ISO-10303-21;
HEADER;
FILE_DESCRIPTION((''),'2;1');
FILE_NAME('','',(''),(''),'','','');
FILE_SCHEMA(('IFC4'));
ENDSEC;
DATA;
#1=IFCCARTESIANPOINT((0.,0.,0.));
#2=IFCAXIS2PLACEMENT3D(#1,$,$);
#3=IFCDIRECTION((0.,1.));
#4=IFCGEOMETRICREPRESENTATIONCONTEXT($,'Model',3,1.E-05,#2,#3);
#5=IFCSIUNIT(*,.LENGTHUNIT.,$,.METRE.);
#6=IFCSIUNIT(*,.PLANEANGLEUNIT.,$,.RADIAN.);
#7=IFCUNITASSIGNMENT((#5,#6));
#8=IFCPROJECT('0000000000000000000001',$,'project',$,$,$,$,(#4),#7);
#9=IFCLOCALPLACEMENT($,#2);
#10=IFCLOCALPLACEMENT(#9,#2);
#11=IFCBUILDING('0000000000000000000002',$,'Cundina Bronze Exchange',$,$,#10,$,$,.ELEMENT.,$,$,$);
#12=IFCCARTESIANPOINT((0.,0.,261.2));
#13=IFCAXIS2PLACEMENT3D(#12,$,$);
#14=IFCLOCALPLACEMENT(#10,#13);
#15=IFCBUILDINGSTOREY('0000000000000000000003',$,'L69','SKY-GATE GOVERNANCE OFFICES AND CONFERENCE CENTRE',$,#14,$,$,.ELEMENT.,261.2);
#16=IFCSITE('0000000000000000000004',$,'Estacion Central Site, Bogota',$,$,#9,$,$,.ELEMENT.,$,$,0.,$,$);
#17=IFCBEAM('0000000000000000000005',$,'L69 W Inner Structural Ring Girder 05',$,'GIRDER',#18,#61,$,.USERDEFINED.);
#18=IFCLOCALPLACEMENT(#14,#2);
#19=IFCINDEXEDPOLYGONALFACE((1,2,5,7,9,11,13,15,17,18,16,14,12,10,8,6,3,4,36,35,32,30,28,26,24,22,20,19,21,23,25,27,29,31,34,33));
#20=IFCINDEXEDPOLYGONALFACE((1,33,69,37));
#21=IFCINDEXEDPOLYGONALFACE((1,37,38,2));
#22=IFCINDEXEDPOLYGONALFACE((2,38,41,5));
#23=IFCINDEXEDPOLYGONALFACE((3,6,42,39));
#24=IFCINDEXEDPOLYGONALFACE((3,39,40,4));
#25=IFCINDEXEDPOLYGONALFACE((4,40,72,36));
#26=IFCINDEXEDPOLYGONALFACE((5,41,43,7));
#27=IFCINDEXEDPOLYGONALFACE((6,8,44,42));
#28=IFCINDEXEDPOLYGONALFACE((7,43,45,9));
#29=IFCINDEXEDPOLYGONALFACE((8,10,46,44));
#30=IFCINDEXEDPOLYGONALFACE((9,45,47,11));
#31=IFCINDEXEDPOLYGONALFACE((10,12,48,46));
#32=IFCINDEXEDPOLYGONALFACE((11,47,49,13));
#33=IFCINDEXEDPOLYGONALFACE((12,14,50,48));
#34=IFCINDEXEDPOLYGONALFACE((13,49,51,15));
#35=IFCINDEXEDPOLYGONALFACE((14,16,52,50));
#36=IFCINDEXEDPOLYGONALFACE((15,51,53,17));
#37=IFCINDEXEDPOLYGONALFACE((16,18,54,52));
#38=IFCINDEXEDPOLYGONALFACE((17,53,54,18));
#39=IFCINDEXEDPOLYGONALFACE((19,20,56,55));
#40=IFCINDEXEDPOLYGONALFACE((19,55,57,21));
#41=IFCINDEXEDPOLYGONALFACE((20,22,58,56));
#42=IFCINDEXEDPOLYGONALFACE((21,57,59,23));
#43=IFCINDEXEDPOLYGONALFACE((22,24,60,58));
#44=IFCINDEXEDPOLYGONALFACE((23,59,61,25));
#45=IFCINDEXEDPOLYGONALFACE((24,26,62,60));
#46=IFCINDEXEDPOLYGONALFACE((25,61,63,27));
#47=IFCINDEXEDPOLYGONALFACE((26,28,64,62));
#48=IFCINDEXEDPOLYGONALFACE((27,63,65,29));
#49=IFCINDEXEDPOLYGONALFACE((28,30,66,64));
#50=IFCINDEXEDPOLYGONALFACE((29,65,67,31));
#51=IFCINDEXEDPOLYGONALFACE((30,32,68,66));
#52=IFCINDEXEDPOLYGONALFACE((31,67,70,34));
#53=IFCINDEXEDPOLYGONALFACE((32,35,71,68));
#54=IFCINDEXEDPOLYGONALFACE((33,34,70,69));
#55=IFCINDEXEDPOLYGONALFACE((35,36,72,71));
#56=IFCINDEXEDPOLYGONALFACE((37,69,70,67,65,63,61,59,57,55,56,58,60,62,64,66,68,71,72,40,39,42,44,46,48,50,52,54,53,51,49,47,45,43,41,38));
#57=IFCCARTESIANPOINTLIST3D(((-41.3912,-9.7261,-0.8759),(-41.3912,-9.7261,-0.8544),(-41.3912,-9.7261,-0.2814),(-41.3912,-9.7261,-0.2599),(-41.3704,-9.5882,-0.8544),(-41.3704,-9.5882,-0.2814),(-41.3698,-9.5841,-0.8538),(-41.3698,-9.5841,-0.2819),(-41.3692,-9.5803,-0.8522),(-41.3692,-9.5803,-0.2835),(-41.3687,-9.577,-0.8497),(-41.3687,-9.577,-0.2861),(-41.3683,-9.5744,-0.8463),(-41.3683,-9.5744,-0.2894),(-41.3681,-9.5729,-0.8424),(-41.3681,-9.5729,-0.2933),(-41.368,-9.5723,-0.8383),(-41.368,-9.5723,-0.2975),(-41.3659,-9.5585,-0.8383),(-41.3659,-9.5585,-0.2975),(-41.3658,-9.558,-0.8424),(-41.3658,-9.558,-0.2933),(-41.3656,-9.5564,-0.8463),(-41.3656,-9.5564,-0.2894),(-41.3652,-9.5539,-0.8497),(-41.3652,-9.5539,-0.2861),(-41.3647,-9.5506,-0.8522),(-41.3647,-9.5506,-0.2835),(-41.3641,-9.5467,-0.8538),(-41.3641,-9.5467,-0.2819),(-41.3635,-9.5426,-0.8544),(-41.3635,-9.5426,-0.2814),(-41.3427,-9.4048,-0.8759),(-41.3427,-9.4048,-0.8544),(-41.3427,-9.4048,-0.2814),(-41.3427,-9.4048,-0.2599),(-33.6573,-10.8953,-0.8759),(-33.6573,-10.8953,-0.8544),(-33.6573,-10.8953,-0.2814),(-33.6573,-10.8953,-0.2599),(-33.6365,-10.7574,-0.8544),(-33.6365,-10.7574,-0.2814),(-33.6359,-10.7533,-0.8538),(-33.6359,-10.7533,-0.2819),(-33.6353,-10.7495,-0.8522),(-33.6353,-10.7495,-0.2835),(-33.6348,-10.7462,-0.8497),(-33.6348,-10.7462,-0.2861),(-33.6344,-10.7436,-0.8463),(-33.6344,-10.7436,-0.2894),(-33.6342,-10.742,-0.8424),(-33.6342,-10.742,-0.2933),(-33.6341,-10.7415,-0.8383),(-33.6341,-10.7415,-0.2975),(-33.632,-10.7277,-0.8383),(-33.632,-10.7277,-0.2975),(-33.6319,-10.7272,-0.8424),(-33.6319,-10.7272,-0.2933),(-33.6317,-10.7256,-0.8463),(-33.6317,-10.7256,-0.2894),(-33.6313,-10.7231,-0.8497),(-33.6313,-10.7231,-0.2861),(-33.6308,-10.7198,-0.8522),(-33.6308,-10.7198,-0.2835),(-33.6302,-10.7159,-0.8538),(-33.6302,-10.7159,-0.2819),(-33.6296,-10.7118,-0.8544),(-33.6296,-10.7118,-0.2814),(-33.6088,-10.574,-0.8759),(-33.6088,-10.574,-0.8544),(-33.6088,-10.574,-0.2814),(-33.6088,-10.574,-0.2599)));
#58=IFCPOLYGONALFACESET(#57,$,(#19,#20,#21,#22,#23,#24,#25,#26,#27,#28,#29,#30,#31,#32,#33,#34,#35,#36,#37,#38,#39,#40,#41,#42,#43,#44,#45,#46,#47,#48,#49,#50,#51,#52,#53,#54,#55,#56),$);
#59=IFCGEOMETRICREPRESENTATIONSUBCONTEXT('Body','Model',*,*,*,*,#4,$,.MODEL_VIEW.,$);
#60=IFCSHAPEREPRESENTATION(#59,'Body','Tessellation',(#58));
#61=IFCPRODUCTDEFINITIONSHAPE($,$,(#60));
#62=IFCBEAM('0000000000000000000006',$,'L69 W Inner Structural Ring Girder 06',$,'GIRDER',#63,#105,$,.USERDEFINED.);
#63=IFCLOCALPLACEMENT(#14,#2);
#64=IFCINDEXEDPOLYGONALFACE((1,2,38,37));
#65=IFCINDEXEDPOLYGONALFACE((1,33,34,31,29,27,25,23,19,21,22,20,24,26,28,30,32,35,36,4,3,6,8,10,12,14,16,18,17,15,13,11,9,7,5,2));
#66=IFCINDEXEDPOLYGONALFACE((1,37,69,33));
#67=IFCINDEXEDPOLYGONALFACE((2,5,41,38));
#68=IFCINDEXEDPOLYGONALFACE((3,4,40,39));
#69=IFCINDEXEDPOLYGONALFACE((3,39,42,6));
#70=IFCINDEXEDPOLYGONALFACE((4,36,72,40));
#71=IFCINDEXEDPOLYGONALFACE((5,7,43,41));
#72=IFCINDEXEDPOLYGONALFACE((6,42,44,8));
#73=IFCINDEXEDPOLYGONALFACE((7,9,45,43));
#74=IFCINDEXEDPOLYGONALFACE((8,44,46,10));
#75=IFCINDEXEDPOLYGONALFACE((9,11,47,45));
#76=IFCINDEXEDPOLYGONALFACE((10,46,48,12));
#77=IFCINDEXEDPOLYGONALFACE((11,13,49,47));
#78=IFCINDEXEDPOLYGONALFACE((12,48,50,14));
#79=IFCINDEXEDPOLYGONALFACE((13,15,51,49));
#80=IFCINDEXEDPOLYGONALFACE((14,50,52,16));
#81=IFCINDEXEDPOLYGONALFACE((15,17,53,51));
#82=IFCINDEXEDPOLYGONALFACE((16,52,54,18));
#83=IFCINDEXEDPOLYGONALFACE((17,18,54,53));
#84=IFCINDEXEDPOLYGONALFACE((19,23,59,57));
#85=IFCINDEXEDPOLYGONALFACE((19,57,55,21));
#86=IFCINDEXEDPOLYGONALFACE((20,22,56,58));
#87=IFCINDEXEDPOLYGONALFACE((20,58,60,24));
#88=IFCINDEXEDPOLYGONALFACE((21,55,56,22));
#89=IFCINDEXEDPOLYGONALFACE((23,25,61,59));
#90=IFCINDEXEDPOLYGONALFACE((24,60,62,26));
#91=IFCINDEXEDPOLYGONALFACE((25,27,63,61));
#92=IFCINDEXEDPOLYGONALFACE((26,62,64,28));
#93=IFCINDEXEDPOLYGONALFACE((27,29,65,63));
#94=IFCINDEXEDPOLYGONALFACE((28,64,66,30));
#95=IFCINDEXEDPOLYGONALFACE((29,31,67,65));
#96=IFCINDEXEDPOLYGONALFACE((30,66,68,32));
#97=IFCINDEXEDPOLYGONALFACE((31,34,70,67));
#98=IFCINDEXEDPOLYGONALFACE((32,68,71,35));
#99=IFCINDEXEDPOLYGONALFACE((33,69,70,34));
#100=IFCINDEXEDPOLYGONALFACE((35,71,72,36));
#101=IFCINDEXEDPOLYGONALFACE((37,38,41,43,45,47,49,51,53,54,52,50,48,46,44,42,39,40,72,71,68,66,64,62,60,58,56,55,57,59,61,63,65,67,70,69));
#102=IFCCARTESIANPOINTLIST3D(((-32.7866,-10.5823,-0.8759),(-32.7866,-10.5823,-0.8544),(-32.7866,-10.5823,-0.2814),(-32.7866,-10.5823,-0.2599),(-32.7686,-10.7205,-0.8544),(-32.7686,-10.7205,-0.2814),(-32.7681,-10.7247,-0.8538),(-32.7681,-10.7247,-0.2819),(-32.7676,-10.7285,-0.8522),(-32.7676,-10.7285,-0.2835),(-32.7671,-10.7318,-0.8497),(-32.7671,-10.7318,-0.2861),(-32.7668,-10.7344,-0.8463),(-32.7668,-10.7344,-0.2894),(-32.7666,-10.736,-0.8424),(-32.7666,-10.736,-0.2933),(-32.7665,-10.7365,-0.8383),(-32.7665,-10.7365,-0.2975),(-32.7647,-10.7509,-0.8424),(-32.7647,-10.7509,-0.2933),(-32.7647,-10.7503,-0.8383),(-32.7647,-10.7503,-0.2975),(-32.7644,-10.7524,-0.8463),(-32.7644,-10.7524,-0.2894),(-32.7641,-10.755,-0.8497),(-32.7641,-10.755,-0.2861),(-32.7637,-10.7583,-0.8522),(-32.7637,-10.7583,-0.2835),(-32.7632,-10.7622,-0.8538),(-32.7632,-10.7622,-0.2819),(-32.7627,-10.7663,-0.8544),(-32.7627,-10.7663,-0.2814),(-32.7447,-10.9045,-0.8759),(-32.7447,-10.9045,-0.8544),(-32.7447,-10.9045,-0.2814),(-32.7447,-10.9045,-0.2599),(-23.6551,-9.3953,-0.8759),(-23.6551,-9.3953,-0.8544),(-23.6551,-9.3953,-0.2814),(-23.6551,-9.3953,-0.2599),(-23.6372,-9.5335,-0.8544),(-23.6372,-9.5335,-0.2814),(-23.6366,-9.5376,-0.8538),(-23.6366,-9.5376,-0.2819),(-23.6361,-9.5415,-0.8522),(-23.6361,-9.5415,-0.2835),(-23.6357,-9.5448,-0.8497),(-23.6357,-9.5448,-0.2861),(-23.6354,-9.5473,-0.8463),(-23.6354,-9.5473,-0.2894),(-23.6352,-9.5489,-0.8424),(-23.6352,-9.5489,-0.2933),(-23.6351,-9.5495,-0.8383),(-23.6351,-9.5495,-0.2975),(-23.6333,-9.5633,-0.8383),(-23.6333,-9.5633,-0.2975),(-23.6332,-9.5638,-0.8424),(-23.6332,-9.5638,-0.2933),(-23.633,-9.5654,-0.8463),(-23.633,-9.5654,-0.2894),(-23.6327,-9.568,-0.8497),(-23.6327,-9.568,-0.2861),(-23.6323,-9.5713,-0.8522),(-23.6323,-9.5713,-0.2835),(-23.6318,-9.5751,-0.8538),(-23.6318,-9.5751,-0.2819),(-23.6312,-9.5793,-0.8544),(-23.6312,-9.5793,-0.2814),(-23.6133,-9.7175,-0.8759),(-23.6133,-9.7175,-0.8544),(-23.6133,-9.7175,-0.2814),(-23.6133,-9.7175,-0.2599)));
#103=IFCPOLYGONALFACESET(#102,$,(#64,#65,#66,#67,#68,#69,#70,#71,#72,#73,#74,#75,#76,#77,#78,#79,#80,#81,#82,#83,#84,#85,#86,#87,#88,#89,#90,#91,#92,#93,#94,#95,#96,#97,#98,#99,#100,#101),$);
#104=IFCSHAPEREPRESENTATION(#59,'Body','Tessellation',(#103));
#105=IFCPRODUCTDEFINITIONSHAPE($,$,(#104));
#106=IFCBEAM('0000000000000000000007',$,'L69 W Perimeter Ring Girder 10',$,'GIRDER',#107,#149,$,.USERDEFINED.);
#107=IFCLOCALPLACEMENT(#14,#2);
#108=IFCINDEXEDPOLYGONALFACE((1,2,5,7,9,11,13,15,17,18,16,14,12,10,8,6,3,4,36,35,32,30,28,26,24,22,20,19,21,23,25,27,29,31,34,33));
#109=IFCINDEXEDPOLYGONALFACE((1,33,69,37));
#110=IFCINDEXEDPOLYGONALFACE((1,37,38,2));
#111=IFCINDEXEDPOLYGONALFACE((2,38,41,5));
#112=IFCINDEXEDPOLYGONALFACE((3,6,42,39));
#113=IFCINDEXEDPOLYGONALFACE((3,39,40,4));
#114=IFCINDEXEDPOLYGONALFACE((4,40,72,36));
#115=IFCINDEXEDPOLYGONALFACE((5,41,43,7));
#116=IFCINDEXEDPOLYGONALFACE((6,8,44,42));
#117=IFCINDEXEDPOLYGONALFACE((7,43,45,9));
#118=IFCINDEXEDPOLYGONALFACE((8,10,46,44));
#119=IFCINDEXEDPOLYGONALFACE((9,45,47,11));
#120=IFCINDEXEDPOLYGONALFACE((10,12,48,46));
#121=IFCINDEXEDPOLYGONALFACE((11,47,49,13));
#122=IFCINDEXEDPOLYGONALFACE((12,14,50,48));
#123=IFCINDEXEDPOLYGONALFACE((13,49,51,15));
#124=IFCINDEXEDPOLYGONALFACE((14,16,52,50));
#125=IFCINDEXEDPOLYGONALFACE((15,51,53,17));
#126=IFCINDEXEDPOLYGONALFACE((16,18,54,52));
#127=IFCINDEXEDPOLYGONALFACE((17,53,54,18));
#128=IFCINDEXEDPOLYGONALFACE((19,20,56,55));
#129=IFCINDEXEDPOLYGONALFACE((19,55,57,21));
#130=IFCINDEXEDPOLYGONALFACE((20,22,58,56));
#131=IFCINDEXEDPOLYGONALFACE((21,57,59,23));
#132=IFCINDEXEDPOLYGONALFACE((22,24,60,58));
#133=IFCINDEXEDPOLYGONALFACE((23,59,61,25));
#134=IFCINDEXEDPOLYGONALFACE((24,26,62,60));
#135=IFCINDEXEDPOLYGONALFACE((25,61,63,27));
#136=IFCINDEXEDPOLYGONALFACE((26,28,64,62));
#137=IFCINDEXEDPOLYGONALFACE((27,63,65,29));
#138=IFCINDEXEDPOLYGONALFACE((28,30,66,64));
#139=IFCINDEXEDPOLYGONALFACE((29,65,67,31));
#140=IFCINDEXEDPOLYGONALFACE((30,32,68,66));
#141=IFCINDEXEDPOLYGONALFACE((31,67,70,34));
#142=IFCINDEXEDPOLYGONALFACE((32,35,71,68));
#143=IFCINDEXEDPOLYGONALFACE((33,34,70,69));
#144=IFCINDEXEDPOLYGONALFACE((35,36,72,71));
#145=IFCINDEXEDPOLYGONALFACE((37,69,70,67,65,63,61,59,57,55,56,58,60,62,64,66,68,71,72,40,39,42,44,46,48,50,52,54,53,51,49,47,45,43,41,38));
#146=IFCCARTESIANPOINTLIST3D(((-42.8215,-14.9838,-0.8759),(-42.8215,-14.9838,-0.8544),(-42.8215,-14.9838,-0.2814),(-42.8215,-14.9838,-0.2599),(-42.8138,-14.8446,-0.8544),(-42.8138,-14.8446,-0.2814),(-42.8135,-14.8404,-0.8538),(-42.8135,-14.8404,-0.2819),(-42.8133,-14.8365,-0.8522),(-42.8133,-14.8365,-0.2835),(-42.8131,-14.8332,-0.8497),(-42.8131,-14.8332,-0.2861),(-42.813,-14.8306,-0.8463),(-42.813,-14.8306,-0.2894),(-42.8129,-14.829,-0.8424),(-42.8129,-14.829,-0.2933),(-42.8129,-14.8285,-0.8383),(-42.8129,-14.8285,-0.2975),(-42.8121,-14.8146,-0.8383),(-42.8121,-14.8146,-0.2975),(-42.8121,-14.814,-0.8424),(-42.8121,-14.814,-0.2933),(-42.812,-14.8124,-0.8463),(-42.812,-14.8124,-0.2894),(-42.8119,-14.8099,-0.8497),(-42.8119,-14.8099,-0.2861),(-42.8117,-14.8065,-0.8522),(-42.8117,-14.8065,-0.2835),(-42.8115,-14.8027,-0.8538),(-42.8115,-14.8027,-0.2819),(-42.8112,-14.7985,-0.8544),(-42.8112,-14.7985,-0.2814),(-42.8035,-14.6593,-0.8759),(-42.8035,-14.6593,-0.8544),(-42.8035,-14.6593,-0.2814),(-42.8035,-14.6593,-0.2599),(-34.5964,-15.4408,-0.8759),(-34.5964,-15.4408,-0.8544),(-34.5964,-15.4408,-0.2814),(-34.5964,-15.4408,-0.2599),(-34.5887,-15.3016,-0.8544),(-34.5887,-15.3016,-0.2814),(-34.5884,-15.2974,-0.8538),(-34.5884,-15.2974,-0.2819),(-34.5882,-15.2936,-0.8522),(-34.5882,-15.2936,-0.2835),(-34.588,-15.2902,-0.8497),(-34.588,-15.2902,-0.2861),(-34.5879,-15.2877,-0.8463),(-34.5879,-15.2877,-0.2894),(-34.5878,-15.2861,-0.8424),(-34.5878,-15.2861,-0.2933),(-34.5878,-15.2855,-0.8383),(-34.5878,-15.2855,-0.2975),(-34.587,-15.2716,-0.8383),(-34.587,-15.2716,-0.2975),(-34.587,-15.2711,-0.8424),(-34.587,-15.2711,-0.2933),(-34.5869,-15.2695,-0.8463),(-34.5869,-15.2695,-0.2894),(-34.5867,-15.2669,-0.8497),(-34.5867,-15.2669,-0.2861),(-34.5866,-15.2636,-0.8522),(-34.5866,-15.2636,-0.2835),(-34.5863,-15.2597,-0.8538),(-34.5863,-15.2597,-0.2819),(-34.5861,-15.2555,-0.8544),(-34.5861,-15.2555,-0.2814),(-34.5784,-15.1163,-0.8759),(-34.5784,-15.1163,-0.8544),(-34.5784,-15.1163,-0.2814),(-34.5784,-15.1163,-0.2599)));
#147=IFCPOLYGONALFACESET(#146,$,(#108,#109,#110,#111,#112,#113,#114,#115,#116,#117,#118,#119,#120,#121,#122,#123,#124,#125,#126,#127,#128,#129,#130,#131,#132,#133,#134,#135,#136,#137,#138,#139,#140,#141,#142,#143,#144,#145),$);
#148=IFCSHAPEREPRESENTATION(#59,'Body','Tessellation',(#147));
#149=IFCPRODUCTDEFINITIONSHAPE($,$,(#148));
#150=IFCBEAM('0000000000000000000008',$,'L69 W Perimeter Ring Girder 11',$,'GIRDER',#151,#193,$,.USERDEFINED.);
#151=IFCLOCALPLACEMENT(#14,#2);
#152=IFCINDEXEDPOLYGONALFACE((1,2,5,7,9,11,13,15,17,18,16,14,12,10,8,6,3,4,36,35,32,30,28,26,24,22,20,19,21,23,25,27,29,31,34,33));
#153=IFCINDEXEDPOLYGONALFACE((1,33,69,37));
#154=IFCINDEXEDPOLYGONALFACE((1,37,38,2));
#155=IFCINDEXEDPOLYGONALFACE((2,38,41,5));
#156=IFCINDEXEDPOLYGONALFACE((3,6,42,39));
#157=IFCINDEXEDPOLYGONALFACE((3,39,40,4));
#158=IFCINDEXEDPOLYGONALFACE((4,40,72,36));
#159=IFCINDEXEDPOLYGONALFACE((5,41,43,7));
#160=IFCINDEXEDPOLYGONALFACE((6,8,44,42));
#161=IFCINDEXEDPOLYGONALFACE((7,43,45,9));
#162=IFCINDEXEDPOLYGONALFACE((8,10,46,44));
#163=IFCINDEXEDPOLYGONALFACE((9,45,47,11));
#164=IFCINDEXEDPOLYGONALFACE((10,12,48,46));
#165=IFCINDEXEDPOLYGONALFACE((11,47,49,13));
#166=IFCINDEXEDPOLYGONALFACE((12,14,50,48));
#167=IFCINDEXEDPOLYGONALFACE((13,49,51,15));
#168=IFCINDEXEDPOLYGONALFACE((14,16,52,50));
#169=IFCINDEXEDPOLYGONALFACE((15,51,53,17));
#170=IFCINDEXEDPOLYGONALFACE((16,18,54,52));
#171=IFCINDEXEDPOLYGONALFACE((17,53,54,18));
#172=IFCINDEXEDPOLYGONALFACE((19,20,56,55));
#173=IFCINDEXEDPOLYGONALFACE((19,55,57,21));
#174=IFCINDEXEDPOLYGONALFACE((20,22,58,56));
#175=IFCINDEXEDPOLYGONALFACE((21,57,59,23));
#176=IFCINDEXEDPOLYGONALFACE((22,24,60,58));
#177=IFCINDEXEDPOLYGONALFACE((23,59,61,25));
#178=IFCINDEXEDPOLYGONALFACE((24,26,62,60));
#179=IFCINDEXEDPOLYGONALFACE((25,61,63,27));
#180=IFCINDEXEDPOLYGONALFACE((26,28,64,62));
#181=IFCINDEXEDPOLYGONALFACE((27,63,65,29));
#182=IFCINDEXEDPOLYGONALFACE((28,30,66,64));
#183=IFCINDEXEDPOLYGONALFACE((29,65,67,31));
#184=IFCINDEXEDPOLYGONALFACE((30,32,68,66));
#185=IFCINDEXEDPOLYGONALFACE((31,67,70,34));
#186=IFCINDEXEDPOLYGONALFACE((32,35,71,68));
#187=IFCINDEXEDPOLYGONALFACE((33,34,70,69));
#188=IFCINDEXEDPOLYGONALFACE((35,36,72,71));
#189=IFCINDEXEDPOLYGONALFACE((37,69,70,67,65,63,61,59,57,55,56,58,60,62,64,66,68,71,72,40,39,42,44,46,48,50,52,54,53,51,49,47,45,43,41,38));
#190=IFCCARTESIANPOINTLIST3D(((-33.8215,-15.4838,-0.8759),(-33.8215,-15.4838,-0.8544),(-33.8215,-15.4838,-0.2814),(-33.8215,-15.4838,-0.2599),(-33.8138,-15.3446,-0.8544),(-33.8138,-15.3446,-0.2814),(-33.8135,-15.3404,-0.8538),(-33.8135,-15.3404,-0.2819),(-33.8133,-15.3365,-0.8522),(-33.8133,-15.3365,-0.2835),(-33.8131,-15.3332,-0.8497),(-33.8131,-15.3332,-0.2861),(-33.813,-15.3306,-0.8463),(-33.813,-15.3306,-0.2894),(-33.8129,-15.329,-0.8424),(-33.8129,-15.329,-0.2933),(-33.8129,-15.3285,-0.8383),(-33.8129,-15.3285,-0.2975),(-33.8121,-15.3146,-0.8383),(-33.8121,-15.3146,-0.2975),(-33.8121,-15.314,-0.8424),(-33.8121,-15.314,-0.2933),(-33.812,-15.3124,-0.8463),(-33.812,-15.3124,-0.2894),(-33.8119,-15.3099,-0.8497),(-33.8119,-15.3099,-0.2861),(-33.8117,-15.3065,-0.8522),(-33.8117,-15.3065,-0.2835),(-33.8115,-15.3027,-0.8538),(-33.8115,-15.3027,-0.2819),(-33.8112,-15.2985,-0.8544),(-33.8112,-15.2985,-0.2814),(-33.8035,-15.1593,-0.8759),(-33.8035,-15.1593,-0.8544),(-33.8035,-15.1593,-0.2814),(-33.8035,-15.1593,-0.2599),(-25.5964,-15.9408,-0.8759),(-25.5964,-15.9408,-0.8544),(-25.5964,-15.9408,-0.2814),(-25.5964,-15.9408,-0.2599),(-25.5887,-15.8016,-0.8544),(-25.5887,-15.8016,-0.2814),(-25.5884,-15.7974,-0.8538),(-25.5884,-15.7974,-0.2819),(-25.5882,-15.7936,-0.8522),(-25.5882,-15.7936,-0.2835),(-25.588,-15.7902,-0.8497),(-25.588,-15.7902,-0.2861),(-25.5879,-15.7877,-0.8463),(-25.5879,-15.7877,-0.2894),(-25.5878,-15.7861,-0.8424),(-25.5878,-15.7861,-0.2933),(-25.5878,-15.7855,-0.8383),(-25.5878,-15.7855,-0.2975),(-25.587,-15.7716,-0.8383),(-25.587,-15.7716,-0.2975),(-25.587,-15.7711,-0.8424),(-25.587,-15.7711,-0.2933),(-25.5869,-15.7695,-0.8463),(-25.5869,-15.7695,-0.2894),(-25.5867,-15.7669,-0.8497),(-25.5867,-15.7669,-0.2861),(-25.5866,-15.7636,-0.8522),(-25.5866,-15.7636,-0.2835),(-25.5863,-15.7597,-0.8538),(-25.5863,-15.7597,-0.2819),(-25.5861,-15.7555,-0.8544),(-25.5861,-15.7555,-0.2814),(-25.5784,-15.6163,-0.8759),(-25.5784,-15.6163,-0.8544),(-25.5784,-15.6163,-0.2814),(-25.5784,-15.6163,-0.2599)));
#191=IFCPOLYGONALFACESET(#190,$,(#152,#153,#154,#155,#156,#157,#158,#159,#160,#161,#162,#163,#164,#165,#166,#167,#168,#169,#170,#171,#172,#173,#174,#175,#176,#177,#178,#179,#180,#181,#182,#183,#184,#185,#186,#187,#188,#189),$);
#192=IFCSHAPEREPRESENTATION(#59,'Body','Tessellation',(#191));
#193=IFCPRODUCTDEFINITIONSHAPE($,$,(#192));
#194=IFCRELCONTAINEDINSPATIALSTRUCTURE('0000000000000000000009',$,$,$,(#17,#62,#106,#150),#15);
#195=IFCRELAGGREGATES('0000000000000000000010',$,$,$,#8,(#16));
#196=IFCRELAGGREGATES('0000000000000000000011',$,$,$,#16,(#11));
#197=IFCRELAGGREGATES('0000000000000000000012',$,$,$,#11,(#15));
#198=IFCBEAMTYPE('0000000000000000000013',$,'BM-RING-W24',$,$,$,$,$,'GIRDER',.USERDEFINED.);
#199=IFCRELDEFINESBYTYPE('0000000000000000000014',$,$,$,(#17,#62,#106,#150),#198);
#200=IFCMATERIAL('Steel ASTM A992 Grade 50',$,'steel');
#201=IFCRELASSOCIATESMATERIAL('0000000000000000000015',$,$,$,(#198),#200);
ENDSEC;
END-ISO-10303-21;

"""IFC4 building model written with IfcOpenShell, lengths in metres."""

from ifc_helpers import new_model, si_unit, direction, frame, origin, origin_2d, place, context, subcontext, project, spatial, i_section, extrude, material, material_profile, profile_set, type_object, element, save


model = new_model("IFC4")

# Units and contexts
model_context = context("Model", 3, precision=1e-05, world=origin(), true_north=direction((0.0, 1.0)))
body_context = subcontext(model_context, "Body", "Model", "MODEL_VIEW")
ifc_project = project(units=[si_unit("LENGTHUNIT", "METRE"), si_unit("PLANEANGLEUNIT", "RADIAN")], contexts=[model_context])

# Site, building, storey
site_placement = place(None, origin())
site = spatial("IfcSite", under=ifc_project, at=site_placement, Name="Estacion Central Site, Bogota", CompositionType="ELEMENT", RefElevation=0.0)
building_placement = place(site_placement, origin())
building = spatial("IfcBuilding", under=site, at=building_placement, Name="Cundina Bronze Exchange", CompositionType="ELEMENT")
storey_placement = place(building_placement, frame((0.0, 0.0, 261.2)))
storey = spatial("IfcBuildingStorey", under=building, at=storey_placement, Name="L69", Description="SKY-GATE GOVERNANCE OFFICES AND CONFERENCE CENTRE", CompositionType="ELEMENT", Elevation=261.2)

# Beams
ifc_material_1 = material(Name="Steel ASTM A992 Grade 50", Category="steel")
ifc_material_profile_1 = material_profile(ifc_material_1, i_section(OverallWidth=0.325, OverallDepth=0.616, WebThickness=0.0139, FlangeThickness=0.0215, FilletRadius=0.0161, at=origin_2d()), Name="W24X117", Category="steel")
ifc_profile_set_1 = profile_set([ifc_material_profile_1], Name="Steel ASTM A992 Grade 50")
beam_type_1 = type_object("IfcBeamType", Name="BM-RING-W24", ElementType="GIRDER", PredefinedType="USERDEFINED", material=ifc_profile_set_1)
beam_1_placement = place(storey_placement, frame((-41.3669, -9.5654, -0.5679), z_axis=(0.988765, -0.149479, 0.0), x_axis=(0.149479, 0.988765, 0.0)))
element("IfcBeam", 1, at=beam_1_placement, inside=storey, type_object=beam_type_1, Name="L69 W Inner Structural Ring Girder 05", ObjectType="GIRDER", PredefinedType="USERDEFINED", context=body_context, shape_type="SweptSolid", body=[
    extrude(i_section(OverallWidth=0.325, OverallDepth=0.616, WebThickness=0.0139, FlangeThickness=0.0215, FilletRadius=0.0161, at=origin_2d()), origin(), (0.0, 0.0, 1.0), 7.8218),
])
beam_2_placement = place(storey_placement, frame((-32.7656, -10.7434, -0.5679), z_axis=(0.991656, 0.128908, 0.0), x_axis=(-0.128908, 0.991656, 0.0)))
element("IfcBeam", 2, at=beam_2_placement, inside=storey, type_object=beam_type_1, Name="L69 W Inner Structural Ring Girder 06", ObjectType="GIRDER", PredefinedType="USERDEFINED", context=body_context, shape_type="SweptSolid", body=[
    extrude(i_section(OverallWidth=0.325, OverallDepth=0.616, WebThickness=0.0139, FlangeThickness=0.0215, FilletRadius=0.0161, at=origin_2d()), origin(), (0.0, 0.0, 1.0), 9.2083),
])
for number, where, z_axis, x_axis, name in (
    (3, (-42.8125, -14.8215, -0.5679), (0.99846, -0.05548, 0.0), (0.05548, 0.99846, 0.0), "L69 W Perimeter Ring Girder 10"),
    (4, (-33.8125, -15.3215, -0.5679), (0.99846, -0.05548, 0.0), (0.05548, 0.99846, 0.0), "L69 W Perimeter Ring Girder 11"),
):
    element("IfcBeam", number, at=place(storey_placement, frame(where, z_axis=z_axis, x_axis=x_axis)), inside=storey, type_object=beam_type_1, Name=name, ObjectType="GIRDER", PredefinedType="USERDEFINED", context=body_context, shape_type="SweptSolid", body=[
        extrude(i_section(OverallWidth=0.325, OverallDepth=0.616, WebThickness=0.0139, FlangeThickness=0.0215, FilletRadius=0.0161, at=origin_2d()), origin(), (0.0, 0.0, 1.0), 8.2378),
    ])

save(model, "model.ifc")
